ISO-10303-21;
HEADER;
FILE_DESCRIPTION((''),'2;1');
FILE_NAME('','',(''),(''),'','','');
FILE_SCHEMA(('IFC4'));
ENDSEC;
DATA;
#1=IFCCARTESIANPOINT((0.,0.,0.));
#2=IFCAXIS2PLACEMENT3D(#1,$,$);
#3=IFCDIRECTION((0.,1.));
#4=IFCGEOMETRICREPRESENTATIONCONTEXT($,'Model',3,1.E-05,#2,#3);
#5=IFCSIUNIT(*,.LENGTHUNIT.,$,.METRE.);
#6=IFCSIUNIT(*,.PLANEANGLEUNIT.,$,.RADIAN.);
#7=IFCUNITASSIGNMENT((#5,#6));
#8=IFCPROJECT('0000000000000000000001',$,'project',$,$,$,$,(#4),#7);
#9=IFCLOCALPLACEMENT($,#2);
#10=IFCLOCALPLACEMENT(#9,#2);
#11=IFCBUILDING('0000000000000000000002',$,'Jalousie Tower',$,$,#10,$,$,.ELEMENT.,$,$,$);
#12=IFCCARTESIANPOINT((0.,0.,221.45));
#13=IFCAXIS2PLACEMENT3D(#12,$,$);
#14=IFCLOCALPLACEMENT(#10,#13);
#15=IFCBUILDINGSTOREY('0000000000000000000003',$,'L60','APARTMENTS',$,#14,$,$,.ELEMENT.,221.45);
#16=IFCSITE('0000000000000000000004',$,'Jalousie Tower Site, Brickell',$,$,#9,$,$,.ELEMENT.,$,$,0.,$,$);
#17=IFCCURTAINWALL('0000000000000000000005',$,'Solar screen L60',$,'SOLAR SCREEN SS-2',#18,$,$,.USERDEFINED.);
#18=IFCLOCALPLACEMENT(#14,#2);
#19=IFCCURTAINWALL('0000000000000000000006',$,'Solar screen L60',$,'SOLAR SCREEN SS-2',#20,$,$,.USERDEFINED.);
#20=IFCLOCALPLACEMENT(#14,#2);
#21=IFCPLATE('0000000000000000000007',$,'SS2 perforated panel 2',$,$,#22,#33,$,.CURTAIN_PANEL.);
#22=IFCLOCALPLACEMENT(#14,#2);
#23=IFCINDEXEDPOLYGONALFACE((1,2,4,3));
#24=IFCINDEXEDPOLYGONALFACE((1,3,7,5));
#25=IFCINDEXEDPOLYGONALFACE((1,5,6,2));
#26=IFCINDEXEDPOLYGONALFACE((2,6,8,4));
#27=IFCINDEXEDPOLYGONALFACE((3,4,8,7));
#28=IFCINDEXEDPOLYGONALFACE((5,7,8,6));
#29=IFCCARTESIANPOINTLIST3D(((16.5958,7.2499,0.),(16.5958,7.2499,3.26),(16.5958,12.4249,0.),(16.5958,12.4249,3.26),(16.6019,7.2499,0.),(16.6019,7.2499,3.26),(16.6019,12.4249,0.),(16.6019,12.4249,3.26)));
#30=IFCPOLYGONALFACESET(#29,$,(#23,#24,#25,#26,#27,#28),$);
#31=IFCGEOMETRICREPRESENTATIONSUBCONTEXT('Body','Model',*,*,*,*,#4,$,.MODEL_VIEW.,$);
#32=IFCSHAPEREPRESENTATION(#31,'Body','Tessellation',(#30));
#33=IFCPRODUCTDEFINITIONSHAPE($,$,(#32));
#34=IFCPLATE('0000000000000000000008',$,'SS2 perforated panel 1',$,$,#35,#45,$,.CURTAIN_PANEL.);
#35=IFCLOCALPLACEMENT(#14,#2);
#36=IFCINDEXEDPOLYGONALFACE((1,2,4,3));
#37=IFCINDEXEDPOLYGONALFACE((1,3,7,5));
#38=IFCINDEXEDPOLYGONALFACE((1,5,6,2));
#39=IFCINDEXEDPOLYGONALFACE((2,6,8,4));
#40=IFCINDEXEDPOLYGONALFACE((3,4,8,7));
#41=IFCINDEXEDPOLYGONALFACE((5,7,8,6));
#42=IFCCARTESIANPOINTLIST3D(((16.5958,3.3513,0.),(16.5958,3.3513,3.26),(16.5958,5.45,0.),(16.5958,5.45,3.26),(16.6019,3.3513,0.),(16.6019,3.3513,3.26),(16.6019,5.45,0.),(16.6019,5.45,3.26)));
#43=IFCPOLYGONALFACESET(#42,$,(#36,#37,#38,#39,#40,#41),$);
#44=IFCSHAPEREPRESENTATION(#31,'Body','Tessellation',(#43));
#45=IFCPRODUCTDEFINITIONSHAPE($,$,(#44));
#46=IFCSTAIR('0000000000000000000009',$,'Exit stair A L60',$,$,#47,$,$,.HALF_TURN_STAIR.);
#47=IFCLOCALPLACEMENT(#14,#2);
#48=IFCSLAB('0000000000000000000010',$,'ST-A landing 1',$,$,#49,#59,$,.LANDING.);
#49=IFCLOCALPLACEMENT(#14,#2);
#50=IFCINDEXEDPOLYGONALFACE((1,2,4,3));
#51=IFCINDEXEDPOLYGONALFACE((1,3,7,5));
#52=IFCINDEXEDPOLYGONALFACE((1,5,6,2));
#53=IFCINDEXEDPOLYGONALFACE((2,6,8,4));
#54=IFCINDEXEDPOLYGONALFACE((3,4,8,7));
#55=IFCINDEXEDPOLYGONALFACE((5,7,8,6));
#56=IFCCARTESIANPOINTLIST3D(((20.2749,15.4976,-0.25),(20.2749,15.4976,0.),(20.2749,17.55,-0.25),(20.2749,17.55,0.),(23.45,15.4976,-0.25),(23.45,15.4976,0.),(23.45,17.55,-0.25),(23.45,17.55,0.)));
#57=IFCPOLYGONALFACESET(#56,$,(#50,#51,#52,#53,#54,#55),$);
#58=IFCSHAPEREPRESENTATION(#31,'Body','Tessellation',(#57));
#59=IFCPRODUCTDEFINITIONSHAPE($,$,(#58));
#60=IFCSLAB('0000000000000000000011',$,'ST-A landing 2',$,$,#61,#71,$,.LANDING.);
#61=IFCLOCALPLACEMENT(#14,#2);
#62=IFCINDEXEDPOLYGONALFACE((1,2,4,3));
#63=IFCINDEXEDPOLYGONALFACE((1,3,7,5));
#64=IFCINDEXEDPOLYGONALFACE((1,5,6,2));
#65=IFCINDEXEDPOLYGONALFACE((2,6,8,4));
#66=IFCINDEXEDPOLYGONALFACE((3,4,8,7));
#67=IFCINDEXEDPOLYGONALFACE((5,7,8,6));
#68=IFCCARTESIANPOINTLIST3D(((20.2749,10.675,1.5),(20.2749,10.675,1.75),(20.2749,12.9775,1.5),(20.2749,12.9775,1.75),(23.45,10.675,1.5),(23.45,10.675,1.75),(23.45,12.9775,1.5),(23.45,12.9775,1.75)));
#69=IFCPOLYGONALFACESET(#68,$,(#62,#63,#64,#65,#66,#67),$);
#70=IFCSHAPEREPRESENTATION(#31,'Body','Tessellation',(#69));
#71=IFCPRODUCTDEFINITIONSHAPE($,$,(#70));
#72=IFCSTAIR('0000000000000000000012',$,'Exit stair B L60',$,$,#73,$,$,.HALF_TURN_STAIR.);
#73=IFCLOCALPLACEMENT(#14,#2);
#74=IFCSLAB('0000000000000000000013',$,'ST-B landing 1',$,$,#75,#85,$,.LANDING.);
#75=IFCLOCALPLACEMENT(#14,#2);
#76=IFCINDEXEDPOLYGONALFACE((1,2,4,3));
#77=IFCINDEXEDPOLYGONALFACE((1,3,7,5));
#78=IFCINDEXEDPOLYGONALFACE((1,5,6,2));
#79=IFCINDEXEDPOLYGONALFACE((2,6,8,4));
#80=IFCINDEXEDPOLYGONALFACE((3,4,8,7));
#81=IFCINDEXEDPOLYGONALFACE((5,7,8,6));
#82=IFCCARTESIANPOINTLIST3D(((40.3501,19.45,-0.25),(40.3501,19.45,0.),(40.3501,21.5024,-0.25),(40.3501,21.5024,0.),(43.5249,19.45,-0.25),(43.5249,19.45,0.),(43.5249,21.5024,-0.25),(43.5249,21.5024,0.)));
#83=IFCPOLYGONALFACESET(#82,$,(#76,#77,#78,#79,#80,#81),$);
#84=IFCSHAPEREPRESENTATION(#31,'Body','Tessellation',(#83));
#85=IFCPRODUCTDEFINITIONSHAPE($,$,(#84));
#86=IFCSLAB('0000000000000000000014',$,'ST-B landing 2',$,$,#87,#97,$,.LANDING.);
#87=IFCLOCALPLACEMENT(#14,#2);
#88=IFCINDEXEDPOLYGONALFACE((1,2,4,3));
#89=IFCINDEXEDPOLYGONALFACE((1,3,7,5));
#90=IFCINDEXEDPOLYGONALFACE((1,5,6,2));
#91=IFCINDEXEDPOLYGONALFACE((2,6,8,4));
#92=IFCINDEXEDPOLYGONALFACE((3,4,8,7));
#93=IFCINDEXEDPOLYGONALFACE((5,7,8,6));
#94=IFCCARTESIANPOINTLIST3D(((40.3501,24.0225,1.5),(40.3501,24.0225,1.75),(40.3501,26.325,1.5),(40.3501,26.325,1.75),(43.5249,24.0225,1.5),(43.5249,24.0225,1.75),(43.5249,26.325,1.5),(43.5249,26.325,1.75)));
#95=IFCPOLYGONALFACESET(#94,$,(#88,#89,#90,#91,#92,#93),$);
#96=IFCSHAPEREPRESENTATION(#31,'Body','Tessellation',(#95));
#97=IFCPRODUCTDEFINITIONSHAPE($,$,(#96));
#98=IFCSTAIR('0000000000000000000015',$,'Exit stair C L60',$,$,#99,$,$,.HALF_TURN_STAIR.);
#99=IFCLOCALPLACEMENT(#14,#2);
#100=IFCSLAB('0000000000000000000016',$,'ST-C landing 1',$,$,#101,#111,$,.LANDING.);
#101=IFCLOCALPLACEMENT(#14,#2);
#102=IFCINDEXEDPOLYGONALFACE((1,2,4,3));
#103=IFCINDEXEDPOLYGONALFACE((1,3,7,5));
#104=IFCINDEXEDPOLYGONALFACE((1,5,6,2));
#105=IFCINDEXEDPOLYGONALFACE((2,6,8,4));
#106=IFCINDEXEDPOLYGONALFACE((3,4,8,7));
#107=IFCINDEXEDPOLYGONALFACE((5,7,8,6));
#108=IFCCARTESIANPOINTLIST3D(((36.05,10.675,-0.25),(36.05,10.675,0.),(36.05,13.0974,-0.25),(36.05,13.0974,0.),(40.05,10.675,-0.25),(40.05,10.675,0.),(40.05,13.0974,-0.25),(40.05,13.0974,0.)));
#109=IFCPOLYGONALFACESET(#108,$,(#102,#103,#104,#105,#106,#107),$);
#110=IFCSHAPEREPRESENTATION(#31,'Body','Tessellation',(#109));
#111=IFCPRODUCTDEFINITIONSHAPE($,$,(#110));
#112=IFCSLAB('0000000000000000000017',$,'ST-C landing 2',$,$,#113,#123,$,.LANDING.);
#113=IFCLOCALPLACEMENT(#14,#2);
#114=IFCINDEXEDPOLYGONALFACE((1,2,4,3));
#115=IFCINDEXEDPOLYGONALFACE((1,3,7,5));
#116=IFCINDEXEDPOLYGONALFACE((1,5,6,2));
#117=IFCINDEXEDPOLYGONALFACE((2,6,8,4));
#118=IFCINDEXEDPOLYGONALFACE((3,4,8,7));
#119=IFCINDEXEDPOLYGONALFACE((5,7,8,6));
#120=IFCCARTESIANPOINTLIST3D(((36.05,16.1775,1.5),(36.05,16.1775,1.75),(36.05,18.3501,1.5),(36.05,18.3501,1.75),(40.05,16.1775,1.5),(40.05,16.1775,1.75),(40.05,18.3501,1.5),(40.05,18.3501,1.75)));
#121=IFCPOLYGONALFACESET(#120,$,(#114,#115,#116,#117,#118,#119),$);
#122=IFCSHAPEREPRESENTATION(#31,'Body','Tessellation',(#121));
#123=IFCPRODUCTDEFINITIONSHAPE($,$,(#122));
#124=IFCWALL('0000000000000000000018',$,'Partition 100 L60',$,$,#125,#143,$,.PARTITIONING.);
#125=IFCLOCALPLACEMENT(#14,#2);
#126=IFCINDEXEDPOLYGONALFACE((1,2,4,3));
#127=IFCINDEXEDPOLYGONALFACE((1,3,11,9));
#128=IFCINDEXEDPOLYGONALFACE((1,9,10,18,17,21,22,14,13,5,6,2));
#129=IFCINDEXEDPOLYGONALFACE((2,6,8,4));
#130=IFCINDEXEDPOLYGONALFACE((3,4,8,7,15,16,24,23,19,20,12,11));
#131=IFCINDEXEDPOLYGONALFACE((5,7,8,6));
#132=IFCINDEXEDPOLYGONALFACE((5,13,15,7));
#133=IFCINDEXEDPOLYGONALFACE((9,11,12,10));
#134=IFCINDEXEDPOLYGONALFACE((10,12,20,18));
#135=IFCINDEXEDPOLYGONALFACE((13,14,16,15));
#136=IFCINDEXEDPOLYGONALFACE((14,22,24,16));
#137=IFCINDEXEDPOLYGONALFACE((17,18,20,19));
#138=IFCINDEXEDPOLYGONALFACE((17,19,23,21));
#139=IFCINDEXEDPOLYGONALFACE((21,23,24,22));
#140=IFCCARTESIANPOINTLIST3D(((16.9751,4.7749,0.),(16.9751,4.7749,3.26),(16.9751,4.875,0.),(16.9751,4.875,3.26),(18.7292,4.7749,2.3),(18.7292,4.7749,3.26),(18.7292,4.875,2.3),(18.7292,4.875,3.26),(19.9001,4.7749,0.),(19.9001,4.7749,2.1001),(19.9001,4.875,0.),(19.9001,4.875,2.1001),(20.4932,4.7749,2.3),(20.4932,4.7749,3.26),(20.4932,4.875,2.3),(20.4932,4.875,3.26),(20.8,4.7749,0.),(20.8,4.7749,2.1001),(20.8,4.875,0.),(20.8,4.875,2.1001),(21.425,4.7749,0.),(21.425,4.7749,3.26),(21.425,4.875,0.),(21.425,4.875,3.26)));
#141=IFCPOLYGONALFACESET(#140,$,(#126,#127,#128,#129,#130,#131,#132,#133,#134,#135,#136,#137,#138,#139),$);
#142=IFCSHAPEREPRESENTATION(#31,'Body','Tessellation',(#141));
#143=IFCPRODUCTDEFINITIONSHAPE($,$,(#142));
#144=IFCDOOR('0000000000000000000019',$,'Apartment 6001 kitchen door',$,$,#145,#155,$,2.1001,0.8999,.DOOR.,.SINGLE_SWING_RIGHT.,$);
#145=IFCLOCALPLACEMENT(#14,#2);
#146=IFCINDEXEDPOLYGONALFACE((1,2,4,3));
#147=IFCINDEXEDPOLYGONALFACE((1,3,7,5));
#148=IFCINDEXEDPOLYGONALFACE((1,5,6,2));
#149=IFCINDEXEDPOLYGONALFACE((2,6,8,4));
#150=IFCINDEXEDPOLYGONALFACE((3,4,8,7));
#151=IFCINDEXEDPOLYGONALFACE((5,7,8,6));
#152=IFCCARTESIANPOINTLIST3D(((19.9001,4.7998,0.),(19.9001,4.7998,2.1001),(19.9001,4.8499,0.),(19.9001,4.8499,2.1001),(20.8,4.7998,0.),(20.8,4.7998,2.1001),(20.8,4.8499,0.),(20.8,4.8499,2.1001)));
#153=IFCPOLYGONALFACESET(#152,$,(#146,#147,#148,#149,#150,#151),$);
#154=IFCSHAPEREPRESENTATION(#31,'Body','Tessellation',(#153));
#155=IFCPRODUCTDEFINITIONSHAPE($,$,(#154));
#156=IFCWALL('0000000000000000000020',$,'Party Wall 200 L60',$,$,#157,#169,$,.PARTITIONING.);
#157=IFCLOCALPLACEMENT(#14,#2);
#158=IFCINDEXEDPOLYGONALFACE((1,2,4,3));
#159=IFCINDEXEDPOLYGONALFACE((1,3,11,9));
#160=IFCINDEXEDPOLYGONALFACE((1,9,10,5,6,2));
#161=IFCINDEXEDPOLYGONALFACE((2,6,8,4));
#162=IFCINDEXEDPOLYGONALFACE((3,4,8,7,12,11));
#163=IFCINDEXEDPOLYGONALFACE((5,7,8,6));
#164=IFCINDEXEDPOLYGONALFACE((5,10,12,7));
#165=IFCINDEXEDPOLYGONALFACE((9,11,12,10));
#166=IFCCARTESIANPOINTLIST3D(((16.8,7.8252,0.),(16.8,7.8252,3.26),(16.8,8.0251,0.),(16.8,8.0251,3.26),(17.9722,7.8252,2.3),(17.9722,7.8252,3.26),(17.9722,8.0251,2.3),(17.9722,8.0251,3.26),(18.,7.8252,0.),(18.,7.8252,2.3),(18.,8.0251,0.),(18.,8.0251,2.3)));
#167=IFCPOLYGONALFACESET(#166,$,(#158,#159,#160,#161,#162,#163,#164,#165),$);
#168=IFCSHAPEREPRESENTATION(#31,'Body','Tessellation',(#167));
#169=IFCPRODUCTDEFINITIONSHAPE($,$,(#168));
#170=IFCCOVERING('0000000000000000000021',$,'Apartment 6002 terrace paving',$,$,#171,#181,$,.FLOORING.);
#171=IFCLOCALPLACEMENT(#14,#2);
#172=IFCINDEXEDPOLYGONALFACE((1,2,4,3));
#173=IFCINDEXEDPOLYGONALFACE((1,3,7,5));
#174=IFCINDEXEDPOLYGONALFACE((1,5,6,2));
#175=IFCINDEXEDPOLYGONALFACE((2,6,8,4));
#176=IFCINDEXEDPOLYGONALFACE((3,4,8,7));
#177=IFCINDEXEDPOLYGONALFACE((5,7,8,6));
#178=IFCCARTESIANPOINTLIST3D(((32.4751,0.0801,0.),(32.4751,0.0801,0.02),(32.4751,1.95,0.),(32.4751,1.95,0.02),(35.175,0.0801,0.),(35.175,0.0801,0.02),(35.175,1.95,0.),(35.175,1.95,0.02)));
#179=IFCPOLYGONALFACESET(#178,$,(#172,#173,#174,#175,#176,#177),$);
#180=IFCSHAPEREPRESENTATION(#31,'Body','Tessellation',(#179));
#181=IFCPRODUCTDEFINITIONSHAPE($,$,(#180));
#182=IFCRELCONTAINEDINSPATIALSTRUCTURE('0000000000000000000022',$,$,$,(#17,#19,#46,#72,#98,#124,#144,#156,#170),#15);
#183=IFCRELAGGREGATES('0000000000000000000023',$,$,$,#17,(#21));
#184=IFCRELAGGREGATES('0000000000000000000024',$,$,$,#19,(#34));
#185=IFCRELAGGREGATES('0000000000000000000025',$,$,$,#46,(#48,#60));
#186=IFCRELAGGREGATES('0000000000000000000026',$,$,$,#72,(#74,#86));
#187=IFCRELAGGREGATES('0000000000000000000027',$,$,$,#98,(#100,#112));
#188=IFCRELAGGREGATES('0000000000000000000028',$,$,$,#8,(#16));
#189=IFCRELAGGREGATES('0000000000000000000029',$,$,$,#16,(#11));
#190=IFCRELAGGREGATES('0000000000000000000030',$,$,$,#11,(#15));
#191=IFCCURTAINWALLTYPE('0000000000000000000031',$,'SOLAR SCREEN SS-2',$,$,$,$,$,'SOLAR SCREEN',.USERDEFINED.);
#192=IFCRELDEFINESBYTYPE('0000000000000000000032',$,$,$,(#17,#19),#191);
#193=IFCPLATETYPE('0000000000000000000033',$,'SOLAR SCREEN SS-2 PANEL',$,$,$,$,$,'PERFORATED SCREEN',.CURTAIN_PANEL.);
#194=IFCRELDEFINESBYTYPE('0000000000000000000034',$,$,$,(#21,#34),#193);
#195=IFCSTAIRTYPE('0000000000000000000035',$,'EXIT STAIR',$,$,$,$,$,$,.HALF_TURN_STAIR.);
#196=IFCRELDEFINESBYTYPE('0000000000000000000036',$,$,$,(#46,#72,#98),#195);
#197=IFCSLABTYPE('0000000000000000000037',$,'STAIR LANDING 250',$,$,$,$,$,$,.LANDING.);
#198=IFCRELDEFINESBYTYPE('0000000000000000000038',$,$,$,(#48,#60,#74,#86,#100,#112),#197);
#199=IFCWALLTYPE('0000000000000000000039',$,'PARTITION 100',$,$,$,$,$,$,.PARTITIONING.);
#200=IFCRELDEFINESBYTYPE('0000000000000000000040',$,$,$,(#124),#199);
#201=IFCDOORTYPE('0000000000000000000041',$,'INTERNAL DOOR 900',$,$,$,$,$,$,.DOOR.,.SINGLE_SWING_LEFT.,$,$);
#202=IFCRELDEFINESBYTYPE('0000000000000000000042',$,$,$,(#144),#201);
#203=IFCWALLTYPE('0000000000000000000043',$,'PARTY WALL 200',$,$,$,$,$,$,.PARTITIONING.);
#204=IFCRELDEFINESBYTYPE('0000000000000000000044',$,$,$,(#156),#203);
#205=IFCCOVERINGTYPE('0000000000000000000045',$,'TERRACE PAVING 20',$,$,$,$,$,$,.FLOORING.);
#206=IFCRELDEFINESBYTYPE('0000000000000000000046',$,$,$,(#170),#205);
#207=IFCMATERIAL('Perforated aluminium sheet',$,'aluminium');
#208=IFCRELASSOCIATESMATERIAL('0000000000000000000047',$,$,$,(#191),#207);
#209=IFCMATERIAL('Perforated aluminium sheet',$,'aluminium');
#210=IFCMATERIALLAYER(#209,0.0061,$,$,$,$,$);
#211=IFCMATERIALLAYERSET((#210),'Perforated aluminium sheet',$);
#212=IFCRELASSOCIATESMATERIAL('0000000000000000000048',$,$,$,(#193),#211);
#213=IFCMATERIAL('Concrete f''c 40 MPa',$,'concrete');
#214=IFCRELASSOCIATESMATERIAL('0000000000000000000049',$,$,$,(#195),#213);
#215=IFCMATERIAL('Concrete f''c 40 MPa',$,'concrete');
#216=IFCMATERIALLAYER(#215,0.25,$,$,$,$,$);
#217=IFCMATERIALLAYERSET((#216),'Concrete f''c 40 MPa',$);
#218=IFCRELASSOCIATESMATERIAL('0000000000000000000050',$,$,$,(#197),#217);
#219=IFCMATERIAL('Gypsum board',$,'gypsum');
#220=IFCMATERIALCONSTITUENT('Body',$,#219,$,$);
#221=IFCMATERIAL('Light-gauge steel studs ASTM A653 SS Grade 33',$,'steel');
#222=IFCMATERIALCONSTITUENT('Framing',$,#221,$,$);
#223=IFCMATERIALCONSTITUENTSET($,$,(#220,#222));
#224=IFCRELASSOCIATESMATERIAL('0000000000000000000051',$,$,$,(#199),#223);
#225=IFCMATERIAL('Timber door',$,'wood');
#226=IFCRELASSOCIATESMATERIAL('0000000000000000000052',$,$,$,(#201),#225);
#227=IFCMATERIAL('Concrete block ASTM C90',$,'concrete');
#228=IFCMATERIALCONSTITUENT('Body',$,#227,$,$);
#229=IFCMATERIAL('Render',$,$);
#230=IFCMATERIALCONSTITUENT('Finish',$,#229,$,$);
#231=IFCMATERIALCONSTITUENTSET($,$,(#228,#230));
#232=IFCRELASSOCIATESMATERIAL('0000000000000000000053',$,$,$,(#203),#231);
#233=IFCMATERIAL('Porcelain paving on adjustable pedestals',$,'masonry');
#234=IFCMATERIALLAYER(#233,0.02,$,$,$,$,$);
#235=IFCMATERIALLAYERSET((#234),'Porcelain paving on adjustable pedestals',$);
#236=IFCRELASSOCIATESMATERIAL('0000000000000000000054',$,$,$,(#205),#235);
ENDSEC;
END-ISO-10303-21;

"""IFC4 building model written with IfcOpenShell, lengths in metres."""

from ifc_helpers import new_model, si_unit, direction, frame, frame_2d, origin, origin_2d, place, context, subcontext, project, spatial, polyline, rectangle, outline, extrude, material, layer, layer_set, constituent, constituent_set, type_object, element, fill, aggregate, save


model = new_model("IFC4")

# Units and contexts
model_context = context("Model", 3, precision=1e-05, world=origin(), true_north=direction((0.0, 1.0)))
body_context = subcontext(model_context, "Body", "Model", "MODEL_VIEW")
ifc_project = project(units=[si_unit("LENGTHUNIT", "METRE"), si_unit("PLANEANGLEUNIT", "RADIAN")], contexts=[model_context])

# Site, building, storey
site_placement = place(None, origin())
site = spatial("IfcSite", under=ifc_project, at=site_placement, Name="Jalousie Tower Site, Brickell", CompositionType="ELEMENT", RefElevation=0.0)
building_placement = place(site_placement, origin())
building = spatial("IfcBuilding", under=site, at=building_placement, Name="Jalousie Tower", CompositionType="ELEMENT")
storey_placement = place(building_placement, frame((0.0, 0.0, 221.45)))
storey = spatial("IfcBuildingStorey", under=building, at=storey_placement, Name="L60", Description="APARTMENTS", CompositionType="ELEMENT", Elevation=221.45)

# Curtain walls
ifc_material_1 = material(Name="Perforated aluminium sheet", Category="aluminium")
curtain_wall_type_1 = type_object("IfcCurtainWallType", Name="SOLAR SCREEN SS-2", ElementType="SOLAR SCREEN", PredefinedType="USERDEFINED", material=ifc_material_1)
curtain_wall_1_placement = place(storey_placement, origin())
curtain_wall_1 = element("IfcCurtainWall", 1, at=curtain_wall_1_placement, inside=storey, type_object=curtain_wall_type_1, Name="Solar screen L60", ObjectType="SOLAR SCREEN SS-2", PredefinedType="USERDEFINED")
curtain_wall_2_placement = place(storey_placement, origin())
curtain_wall_2 = element("IfcCurtainWall", 2, at=curtain_wall_2_placement, inside=storey, type_object=curtain_wall_type_1, Name="Solar screen L60", ObjectType="SOLAR SCREEN SS-2", PredefinedType="USERDEFINED")

# Plates
ifc_material_2 = material(Name="Perforated aluminium sheet", Category="aluminium")
ifc_layer_1 = layer(ifc_material_2, 0.0061)
ifc_layer_set_1 = layer_set([ifc_layer_1], Name="Perforated aluminium sheet")
plate_type = type_object("IfcPlateType", Name="SOLAR SCREEN SS-2 PANEL", ElementType="PERFORATED SCREEN", PredefinedType="CURTAIN_PANEL", material=ifc_layer_set_1)
plate_1_placement = place(storey_placement, frame((16.5989, 9.8374, 0.0), z_axis=(0.0, 0.0, 1.0), x_axis=(0.0, -1.0, 0.0)))
plate_1 = element("IfcPlate", 3, at=plate_1_placement, type_object=plate_type, Name="SS2 perforated panel 2", PredefinedType="CURTAIN_PANEL", context=body_context, shape_type="SweptSolid", body=[
    extrude(rectangle(XDim=5.175, YDim=0.0061, at=origin_2d()), origin(), (0.0, 0.0, 1.0), 3.26),
])
aggregate(curtain_wall_1, [plate_1])
plate_2_placement = place(storey_placement, frame((16.5989, 4.4006, 0.0), z_axis=(0.0, 0.0, 1.0), x_axis=(0.0, -1.0, 0.0)))
plate_2 = element("IfcPlate", 4, at=plate_2_placement, type_object=plate_type, Name="SS2 perforated panel 1", PredefinedType="CURTAIN_PANEL", context=body_context, shape_type="SweptSolid", body=[
    extrude(rectangle(XDim=2.0986, YDim=0.0061, at=origin_2d()), origin(), (0.0, 0.0, 1.0), 3.26),
])
aggregate(curtain_wall_2, [plate_2])

# Stairs, slabs
ifc_material_3 = material(Name="Concrete f'c 40 MPa", Category="concrete")
stair_type = type_object("IfcStairType", Name="EXIT STAIR", PredefinedType="HALF_TURN_STAIR", material=ifc_material_3)
stair_1_placement = place(storey_placement, origin())
stair_1 = element("IfcStair", 5, at=stair_1_placement, inside=storey, type_object=stair_type, Name="Exit stair A L60", PredefinedType="HALF_TURN_STAIR")
ifc_material_4 = material(Name="Concrete f'c 40 MPa", Category="concrete")
ifc_layer_2 = layer(ifc_material_4, 0.25)
ifc_layer_set_2 = layer_set([ifc_layer_2], Name="Concrete f'c 40 MPa")
slab_type_1 = type_object("IfcSlabType", Name="STAIR LANDING 250", PredefinedType="LANDING", material=ifc_layer_set_2)
slab_1_placement = place(storey_placement, frame((0.0, 0.0, -0.25)))
slab_1 = element("IfcSlab", 6, at=slab_1_placement, type_object=slab_type_1, Name="ST-A landing 1", PredefinedType="LANDING", context=body_context, shape_type="SweptSolid", body=[
    extrude(outline(polyline([(20.2749, 15.4976), (23.45, 15.4976), (23.45, 17.55), (20.2749, 17.55), (20.2749, 15.4976)])), origin(), (0.0, 0.0, 1.0), 0.25),
])
slab_2_placement = place(storey_placement, frame((0.0, 0.0, 1.5)))
slab_2 = element("IfcSlab", 7, at=slab_2_placement, type_object=slab_type_1, Name="ST-A landing 2", PredefinedType="LANDING", context=body_context, shape_type="SweptSolid", body=[
    extrude(outline(polyline([(20.2749, 10.675), (23.45, 10.675), (23.45, 12.9775), (20.2749, 12.9775), (20.2749, 10.675)])), origin(), (0.0, 0.0, 1.0), 0.25),
])
aggregate(stair_1, [slab_1, slab_2])
stair_2_placement = place(storey_placement, origin())
stair_2 = element("IfcStair", 8, at=stair_2_placement, inside=storey, type_object=stair_type, Name="Exit stair B L60", PredefinedType="HALF_TURN_STAIR")
slab_3_placement = place(storey_placement, frame((0.0, 0.0, -0.25)))
slab_3 = element("IfcSlab", 9, at=slab_3_placement, type_object=slab_type_1, Name="ST-B landing 1", PredefinedType="LANDING", context=body_context, shape_type="SweptSolid", body=[
    extrude(outline(polyline([(40.3501, 19.45), (43.5249, 19.45), (43.5249, 21.5024), (40.3501, 21.5024), (40.3501, 19.45)])), origin(), (0.0, 0.0, 1.0), 0.25),
])
slab_4_placement = place(storey_placement, frame((0.0, 0.0, 1.5)))
slab_4 = element("IfcSlab", 10, at=slab_4_placement, type_object=slab_type_1, Name="ST-B landing 2", PredefinedType="LANDING", context=body_context, shape_type="SweptSolid", body=[
    extrude(outline(polyline([(40.3501, 24.0225), (43.5249, 24.0225), (43.5249, 26.325), (40.3501, 26.325), (40.3501, 24.0225)])), origin(), (0.0, 0.0, 1.0), 0.25),
])
aggregate(stair_2, [slab_3, slab_4])
stair_3_placement = place(storey_placement, origin())
stair_3 = element("IfcStair", 11, at=stair_3_placement, inside=storey, type_object=stair_type, Name="Exit stair C L60", PredefinedType="HALF_TURN_STAIR")
slab_5_placement = place(storey_placement, frame((0.0, 0.0, -0.25)))
slab_5 = element("IfcSlab", 12, at=slab_5_placement, type_object=slab_type_1, Name="ST-C landing 1", PredefinedType="LANDING", context=body_context, shape_type="SweptSolid", body=[
    extrude(outline(polyline([(36.05, 10.675), (40.05, 10.675), (40.05, 13.0974), (36.05, 13.0974), (36.05, 10.675)])), origin(), (0.0, 0.0, 1.0), 0.25),
])
slab_6_placement = place(storey_placement, frame((0.0, 0.0, 1.5)))
slab_6 = element("IfcSlab", 13, at=slab_6_placement, type_object=slab_type_1, Name="ST-C landing 2", PredefinedType="LANDING", context=body_context, shape_type="SweptSolid", body=[
    extrude(outline(polyline([(36.05, 16.1775), (40.05, 16.1775), (40.05, 18.3501), (36.05, 18.3501), (36.05, 16.1775)])), origin(), (0.0, 0.0, 1.0), 0.25),
])
aggregate(stair_3, [slab_5, slab_6])

# Wall, opening, door
ifc_material_5 = material(Name="Gypsum board", Category="gypsum")
ifc_constituent_1 = constituent(ifc_material_5, Name="Body")
ifc_material_6 = material(Name="Light-gauge steel studs ASTM A653 SS Grade 33", Category="steel")
ifc_constituent_2 = constituent(ifc_material_6, Name="Framing")
ifc_constituent_set_1 = constituent_set(constituents=[ifc_constituent_1, ifc_constituent_2])
wall_type_1 = type_object("IfcWallType", Name="PARTITION 100", PredefinedType="PARTITIONING", material=ifc_constituent_set_1)
wall_1_placement = place(storey_placement, frame((16.9751, 4.825, 0.0), z_axis=(0.0, 0.0, 1.0), x_axis=(1.0, 0.0, 0.0)))
wall_1 = element("IfcWall", 14, at=wall_1_placement, inside=storey, type_object=wall_type_1, Name="Partition 100 L60", PredefinedType="PARTITIONING", context=body_context, shape_type="SweptSolid", body=[
    extrude(outline(polyline([(0.0, 0.0), (4.45, 0.0), (4.45, 3.26), (3.5181, 3.26), (3.5181, 2.3), (1.7542, 2.3), (1.7542, 3.26), (0.0, 3.26), (0.0, 0.0)])), frame((0.0, 0.05, 0.0), z_axis=(0.0, -1.0, 0.0), x_axis=(1.0, 0.0, 0.0)), (0.0, 0.0, 1.0), 0.1001),
])
opening_placement = place(wall_1_placement, frame((2.925, 0.0, 0.0)))
opening = element("IfcOpeningElement", 15, at=opening_placement, cuts=wall_1, PredefinedType="OPENING", context=body_context, shape_type="SweptSolid", body=[
    extrude(rectangle(XDim=0.8999, YDim=2.1001, at=frame_2d((0.45, 1.05))), frame((0.0, 0.0601, 0.0), z_axis=(0.0, -1.0, 0.0), x_axis=(1.0, 0.0, 0.0)), (0.0, 0.0, 1.0), 0.1201),
])
ifc_material_7 = material(Name="Timber door", Category="wood")
door_type = type_object("IfcDoorType", Name="INTERNAL DOOR 900", OperationType="SINGLE_SWING_LEFT", PredefinedType="DOOR", material=ifc_material_7)
door_placement = place(opening_placement, origin())
door = element("IfcDoor", 16, at=door_placement, inside=storey, type_object=door_type, Name="Apartment 6001 kitchen door", OperationType="SINGLE_SWING_RIGHT", OverallHeight=2.1001, OverallWidth=0.8999, PredefinedType="DOOR", context=body_context, shape_type="SweptSolid", body=[
    extrude(rectangle(XDim=0.8999, YDim=2.1001, at=frame_2d((0.45, 1.05))), frame((0.0, 0.0249, 0.0), z_axis=(0.0, -1.0, 0.0), x_axis=(1.0, 0.0, 0.0)), (0.0, 0.0, 1.0), 0.05),
])
fill(opening, door)

# Wall
ifc_material_8 = material(Name="Concrete block ASTM C90", Category="concrete")
ifc_constituent_3 = constituent(ifc_material_8, Name="Body")
ifc_material_9 = material(Name="Render")
ifc_constituent_4 = constituent(ifc_material_9, Name="Finish")
ifc_constituent_set_2 = constituent_set(constituents=[ifc_constituent_3, ifc_constituent_4])
wall_type_2 = type_object("IfcWallType", Name="PARTY WALL 200", PredefinedType="PARTITIONING", material=ifc_constituent_set_2)
wall_2_placement = place(storey_placement, frame((16.8, 7.925, 0.0), z_axis=(0.0, 0.0, 1.0), x_axis=(1.0, 0.0, 0.0)))
element("IfcWall", 17, at=wall_2_placement, inside=storey, type_object=wall_type_2, Name="Party Wall 200 L60", PredefinedType="PARTITIONING", context=body_context, shape_type="SweptSolid", body=[
    extrude(outline(polyline([(0.0, 0.0), (1.2, 0.0), (1.2, 3.26), (1.2, 2.3), (1.1721, 2.3), (1.1721, 3.26), (0.0, 3.26), (0.0, 0.0)])), frame((0.0, 0.1001, 0.0), z_axis=(0.0, -1.0, 0.0), x_axis=(1.0, 0.0, 0.0)), (0.0, 0.0, 1.0), 0.2),
])

# Covering
ifc_material_10 = material(Name="Porcelain paving on adjustable pedestals", Category="masonry")
ifc_layer_3 = layer(ifc_material_10, 0.02)
ifc_layer_set_3 = layer_set([ifc_layer_3], Name="Porcelain paving on adjustable pedestals")
covering_type = type_object("IfcCoveringType", Name="TERRACE PAVING 20", PredefinedType="FLOORING", material=ifc_layer_set_3)
covering_1_placement = place(storey_placement, origin())
element("IfcCovering", 18, at=covering_1_placement, inside=storey, type_object=covering_type, Name="Apartment 6002 terrace paving", PredefinedType="FLOORING", context=body_context, shape_type="SweptSolid", body=[
    extrude(outline(polyline([(32.4751, 0.0801), (35.175, 0.0801), (35.175, 1.95), (32.4751, 1.95), (32.4751, 0.0801)])), origin(), (0.0, 0.0, 1.0), 0.02),
])

save(model, "model.ifc")
